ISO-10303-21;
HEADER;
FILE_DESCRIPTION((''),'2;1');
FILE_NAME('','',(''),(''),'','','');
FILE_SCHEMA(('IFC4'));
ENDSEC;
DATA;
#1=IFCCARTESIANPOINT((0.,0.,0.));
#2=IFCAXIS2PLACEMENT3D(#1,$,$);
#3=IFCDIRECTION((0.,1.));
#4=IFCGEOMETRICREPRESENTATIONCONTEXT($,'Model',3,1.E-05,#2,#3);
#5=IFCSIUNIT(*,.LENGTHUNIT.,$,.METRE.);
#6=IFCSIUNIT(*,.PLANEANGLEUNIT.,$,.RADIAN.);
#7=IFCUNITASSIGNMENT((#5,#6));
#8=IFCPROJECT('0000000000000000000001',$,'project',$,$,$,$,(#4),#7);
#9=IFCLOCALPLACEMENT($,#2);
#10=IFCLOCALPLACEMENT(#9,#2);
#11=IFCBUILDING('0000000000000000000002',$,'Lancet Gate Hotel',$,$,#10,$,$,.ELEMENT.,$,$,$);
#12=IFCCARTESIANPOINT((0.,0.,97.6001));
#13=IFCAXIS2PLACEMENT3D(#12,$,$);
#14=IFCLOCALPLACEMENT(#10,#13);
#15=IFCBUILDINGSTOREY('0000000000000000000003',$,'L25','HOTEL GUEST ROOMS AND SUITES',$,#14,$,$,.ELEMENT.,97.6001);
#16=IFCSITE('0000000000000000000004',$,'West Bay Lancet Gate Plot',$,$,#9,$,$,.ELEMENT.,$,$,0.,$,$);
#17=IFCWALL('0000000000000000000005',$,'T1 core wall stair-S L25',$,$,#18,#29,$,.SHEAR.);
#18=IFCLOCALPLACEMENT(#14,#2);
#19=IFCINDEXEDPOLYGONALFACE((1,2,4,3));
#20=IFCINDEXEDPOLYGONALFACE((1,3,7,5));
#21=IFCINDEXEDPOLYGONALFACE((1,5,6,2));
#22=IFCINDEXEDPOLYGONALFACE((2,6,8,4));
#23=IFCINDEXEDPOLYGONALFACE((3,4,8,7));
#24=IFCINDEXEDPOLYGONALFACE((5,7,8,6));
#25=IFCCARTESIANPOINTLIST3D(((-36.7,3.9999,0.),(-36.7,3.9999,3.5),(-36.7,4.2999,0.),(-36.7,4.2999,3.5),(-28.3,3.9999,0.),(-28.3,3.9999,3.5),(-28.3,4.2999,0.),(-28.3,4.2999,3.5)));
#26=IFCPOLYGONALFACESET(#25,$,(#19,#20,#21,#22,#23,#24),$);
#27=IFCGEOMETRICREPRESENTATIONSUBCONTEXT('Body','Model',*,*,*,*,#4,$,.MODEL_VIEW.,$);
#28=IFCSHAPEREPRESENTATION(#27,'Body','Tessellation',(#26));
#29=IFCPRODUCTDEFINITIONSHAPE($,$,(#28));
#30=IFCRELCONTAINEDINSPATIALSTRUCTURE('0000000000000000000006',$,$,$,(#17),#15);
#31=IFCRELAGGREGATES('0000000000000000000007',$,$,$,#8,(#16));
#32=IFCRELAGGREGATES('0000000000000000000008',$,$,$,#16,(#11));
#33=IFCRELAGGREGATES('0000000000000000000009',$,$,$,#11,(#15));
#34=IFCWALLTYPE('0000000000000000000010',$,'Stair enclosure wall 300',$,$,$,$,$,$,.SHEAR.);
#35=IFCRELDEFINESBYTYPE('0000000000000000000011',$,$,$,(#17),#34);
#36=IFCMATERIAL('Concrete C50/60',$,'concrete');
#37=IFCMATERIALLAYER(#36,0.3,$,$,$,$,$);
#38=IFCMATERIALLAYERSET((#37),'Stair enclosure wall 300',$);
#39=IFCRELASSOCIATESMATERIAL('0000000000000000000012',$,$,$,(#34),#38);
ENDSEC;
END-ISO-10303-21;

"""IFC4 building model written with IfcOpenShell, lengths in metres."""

from ifc_helpers import new_model, si_unit, direction, frame, frame_2d, origin, place, context, subcontext, project, spatial, rectangle, extrude, material, layer, layer_set, type_object, element, save


model = new_model("IFC4")

# Units and contexts
model_context = context("Model", 3, precision=1e-05, world=origin(), true_north=direction((0.0, 1.0)))
body_context = subcontext(model_context, "Body", "Model", "MODEL_VIEW")
ifc_project = project(units=[si_unit("LENGTHUNIT", "METRE"), si_unit("PLANEANGLEUNIT", "RADIAN")], contexts=[model_context])

# Site, building, storey
site_placement = place(None, origin())
site = spatial("IfcSite", under=ifc_project, at=site_placement, Name="West Bay Lancet Gate Plot", CompositionType="ELEMENT", RefElevation=0.0)
building_placement = place(site_placement, origin())
building = spatial("IfcBuilding", under=site, at=building_placement, Name="Lancet Gate Hotel", CompositionType="ELEMENT")
storey_placement = place(building_placement, frame((0.0, 0.0, 97.6001)))
storey = spatial("IfcBuildingStorey", under=building, at=storey_placement, Name="L25", Description="HOTEL GUEST ROOMS AND SUITES", CompositionType="ELEMENT", Elevation=97.6001)

# Wall
ifc_material_1 = material(Name="Concrete C50/60", Category="concrete")
ifc_layer_1 = layer(ifc_material_1, 0.3)
ifc_layer_set_1 = layer_set([ifc_layer_1], Name="Stair enclosure wall 300")
wall_type_1 = type_object("IfcWallType", Name="Stair enclosure wall 300", PredefinedType="SHEAR", material=ifc_layer_set_1)
wall_1_placement = place(storey_placement, frame((-28.3, 4.1499, 0.0), z_axis=(0.0, 0.0, 1.0), x_axis=(-1.0, 0.0, 0.0)))
element("IfcWall", 1, at=wall_1_placement, inside=storey, type_object=wall_type_1, Name="T1 core wall stair-S L25", PredefinedType="SHEAR", context=body_context, shape_type="SweptSolid", body=[
    extrude(rectangle(XDim=8.3999, YDim=0.3, at=frame_2d((4.2, 0.0))), origin(), (0.0, 0.0, 1.0), 3.5),
])

save(model, "model.ifc")
